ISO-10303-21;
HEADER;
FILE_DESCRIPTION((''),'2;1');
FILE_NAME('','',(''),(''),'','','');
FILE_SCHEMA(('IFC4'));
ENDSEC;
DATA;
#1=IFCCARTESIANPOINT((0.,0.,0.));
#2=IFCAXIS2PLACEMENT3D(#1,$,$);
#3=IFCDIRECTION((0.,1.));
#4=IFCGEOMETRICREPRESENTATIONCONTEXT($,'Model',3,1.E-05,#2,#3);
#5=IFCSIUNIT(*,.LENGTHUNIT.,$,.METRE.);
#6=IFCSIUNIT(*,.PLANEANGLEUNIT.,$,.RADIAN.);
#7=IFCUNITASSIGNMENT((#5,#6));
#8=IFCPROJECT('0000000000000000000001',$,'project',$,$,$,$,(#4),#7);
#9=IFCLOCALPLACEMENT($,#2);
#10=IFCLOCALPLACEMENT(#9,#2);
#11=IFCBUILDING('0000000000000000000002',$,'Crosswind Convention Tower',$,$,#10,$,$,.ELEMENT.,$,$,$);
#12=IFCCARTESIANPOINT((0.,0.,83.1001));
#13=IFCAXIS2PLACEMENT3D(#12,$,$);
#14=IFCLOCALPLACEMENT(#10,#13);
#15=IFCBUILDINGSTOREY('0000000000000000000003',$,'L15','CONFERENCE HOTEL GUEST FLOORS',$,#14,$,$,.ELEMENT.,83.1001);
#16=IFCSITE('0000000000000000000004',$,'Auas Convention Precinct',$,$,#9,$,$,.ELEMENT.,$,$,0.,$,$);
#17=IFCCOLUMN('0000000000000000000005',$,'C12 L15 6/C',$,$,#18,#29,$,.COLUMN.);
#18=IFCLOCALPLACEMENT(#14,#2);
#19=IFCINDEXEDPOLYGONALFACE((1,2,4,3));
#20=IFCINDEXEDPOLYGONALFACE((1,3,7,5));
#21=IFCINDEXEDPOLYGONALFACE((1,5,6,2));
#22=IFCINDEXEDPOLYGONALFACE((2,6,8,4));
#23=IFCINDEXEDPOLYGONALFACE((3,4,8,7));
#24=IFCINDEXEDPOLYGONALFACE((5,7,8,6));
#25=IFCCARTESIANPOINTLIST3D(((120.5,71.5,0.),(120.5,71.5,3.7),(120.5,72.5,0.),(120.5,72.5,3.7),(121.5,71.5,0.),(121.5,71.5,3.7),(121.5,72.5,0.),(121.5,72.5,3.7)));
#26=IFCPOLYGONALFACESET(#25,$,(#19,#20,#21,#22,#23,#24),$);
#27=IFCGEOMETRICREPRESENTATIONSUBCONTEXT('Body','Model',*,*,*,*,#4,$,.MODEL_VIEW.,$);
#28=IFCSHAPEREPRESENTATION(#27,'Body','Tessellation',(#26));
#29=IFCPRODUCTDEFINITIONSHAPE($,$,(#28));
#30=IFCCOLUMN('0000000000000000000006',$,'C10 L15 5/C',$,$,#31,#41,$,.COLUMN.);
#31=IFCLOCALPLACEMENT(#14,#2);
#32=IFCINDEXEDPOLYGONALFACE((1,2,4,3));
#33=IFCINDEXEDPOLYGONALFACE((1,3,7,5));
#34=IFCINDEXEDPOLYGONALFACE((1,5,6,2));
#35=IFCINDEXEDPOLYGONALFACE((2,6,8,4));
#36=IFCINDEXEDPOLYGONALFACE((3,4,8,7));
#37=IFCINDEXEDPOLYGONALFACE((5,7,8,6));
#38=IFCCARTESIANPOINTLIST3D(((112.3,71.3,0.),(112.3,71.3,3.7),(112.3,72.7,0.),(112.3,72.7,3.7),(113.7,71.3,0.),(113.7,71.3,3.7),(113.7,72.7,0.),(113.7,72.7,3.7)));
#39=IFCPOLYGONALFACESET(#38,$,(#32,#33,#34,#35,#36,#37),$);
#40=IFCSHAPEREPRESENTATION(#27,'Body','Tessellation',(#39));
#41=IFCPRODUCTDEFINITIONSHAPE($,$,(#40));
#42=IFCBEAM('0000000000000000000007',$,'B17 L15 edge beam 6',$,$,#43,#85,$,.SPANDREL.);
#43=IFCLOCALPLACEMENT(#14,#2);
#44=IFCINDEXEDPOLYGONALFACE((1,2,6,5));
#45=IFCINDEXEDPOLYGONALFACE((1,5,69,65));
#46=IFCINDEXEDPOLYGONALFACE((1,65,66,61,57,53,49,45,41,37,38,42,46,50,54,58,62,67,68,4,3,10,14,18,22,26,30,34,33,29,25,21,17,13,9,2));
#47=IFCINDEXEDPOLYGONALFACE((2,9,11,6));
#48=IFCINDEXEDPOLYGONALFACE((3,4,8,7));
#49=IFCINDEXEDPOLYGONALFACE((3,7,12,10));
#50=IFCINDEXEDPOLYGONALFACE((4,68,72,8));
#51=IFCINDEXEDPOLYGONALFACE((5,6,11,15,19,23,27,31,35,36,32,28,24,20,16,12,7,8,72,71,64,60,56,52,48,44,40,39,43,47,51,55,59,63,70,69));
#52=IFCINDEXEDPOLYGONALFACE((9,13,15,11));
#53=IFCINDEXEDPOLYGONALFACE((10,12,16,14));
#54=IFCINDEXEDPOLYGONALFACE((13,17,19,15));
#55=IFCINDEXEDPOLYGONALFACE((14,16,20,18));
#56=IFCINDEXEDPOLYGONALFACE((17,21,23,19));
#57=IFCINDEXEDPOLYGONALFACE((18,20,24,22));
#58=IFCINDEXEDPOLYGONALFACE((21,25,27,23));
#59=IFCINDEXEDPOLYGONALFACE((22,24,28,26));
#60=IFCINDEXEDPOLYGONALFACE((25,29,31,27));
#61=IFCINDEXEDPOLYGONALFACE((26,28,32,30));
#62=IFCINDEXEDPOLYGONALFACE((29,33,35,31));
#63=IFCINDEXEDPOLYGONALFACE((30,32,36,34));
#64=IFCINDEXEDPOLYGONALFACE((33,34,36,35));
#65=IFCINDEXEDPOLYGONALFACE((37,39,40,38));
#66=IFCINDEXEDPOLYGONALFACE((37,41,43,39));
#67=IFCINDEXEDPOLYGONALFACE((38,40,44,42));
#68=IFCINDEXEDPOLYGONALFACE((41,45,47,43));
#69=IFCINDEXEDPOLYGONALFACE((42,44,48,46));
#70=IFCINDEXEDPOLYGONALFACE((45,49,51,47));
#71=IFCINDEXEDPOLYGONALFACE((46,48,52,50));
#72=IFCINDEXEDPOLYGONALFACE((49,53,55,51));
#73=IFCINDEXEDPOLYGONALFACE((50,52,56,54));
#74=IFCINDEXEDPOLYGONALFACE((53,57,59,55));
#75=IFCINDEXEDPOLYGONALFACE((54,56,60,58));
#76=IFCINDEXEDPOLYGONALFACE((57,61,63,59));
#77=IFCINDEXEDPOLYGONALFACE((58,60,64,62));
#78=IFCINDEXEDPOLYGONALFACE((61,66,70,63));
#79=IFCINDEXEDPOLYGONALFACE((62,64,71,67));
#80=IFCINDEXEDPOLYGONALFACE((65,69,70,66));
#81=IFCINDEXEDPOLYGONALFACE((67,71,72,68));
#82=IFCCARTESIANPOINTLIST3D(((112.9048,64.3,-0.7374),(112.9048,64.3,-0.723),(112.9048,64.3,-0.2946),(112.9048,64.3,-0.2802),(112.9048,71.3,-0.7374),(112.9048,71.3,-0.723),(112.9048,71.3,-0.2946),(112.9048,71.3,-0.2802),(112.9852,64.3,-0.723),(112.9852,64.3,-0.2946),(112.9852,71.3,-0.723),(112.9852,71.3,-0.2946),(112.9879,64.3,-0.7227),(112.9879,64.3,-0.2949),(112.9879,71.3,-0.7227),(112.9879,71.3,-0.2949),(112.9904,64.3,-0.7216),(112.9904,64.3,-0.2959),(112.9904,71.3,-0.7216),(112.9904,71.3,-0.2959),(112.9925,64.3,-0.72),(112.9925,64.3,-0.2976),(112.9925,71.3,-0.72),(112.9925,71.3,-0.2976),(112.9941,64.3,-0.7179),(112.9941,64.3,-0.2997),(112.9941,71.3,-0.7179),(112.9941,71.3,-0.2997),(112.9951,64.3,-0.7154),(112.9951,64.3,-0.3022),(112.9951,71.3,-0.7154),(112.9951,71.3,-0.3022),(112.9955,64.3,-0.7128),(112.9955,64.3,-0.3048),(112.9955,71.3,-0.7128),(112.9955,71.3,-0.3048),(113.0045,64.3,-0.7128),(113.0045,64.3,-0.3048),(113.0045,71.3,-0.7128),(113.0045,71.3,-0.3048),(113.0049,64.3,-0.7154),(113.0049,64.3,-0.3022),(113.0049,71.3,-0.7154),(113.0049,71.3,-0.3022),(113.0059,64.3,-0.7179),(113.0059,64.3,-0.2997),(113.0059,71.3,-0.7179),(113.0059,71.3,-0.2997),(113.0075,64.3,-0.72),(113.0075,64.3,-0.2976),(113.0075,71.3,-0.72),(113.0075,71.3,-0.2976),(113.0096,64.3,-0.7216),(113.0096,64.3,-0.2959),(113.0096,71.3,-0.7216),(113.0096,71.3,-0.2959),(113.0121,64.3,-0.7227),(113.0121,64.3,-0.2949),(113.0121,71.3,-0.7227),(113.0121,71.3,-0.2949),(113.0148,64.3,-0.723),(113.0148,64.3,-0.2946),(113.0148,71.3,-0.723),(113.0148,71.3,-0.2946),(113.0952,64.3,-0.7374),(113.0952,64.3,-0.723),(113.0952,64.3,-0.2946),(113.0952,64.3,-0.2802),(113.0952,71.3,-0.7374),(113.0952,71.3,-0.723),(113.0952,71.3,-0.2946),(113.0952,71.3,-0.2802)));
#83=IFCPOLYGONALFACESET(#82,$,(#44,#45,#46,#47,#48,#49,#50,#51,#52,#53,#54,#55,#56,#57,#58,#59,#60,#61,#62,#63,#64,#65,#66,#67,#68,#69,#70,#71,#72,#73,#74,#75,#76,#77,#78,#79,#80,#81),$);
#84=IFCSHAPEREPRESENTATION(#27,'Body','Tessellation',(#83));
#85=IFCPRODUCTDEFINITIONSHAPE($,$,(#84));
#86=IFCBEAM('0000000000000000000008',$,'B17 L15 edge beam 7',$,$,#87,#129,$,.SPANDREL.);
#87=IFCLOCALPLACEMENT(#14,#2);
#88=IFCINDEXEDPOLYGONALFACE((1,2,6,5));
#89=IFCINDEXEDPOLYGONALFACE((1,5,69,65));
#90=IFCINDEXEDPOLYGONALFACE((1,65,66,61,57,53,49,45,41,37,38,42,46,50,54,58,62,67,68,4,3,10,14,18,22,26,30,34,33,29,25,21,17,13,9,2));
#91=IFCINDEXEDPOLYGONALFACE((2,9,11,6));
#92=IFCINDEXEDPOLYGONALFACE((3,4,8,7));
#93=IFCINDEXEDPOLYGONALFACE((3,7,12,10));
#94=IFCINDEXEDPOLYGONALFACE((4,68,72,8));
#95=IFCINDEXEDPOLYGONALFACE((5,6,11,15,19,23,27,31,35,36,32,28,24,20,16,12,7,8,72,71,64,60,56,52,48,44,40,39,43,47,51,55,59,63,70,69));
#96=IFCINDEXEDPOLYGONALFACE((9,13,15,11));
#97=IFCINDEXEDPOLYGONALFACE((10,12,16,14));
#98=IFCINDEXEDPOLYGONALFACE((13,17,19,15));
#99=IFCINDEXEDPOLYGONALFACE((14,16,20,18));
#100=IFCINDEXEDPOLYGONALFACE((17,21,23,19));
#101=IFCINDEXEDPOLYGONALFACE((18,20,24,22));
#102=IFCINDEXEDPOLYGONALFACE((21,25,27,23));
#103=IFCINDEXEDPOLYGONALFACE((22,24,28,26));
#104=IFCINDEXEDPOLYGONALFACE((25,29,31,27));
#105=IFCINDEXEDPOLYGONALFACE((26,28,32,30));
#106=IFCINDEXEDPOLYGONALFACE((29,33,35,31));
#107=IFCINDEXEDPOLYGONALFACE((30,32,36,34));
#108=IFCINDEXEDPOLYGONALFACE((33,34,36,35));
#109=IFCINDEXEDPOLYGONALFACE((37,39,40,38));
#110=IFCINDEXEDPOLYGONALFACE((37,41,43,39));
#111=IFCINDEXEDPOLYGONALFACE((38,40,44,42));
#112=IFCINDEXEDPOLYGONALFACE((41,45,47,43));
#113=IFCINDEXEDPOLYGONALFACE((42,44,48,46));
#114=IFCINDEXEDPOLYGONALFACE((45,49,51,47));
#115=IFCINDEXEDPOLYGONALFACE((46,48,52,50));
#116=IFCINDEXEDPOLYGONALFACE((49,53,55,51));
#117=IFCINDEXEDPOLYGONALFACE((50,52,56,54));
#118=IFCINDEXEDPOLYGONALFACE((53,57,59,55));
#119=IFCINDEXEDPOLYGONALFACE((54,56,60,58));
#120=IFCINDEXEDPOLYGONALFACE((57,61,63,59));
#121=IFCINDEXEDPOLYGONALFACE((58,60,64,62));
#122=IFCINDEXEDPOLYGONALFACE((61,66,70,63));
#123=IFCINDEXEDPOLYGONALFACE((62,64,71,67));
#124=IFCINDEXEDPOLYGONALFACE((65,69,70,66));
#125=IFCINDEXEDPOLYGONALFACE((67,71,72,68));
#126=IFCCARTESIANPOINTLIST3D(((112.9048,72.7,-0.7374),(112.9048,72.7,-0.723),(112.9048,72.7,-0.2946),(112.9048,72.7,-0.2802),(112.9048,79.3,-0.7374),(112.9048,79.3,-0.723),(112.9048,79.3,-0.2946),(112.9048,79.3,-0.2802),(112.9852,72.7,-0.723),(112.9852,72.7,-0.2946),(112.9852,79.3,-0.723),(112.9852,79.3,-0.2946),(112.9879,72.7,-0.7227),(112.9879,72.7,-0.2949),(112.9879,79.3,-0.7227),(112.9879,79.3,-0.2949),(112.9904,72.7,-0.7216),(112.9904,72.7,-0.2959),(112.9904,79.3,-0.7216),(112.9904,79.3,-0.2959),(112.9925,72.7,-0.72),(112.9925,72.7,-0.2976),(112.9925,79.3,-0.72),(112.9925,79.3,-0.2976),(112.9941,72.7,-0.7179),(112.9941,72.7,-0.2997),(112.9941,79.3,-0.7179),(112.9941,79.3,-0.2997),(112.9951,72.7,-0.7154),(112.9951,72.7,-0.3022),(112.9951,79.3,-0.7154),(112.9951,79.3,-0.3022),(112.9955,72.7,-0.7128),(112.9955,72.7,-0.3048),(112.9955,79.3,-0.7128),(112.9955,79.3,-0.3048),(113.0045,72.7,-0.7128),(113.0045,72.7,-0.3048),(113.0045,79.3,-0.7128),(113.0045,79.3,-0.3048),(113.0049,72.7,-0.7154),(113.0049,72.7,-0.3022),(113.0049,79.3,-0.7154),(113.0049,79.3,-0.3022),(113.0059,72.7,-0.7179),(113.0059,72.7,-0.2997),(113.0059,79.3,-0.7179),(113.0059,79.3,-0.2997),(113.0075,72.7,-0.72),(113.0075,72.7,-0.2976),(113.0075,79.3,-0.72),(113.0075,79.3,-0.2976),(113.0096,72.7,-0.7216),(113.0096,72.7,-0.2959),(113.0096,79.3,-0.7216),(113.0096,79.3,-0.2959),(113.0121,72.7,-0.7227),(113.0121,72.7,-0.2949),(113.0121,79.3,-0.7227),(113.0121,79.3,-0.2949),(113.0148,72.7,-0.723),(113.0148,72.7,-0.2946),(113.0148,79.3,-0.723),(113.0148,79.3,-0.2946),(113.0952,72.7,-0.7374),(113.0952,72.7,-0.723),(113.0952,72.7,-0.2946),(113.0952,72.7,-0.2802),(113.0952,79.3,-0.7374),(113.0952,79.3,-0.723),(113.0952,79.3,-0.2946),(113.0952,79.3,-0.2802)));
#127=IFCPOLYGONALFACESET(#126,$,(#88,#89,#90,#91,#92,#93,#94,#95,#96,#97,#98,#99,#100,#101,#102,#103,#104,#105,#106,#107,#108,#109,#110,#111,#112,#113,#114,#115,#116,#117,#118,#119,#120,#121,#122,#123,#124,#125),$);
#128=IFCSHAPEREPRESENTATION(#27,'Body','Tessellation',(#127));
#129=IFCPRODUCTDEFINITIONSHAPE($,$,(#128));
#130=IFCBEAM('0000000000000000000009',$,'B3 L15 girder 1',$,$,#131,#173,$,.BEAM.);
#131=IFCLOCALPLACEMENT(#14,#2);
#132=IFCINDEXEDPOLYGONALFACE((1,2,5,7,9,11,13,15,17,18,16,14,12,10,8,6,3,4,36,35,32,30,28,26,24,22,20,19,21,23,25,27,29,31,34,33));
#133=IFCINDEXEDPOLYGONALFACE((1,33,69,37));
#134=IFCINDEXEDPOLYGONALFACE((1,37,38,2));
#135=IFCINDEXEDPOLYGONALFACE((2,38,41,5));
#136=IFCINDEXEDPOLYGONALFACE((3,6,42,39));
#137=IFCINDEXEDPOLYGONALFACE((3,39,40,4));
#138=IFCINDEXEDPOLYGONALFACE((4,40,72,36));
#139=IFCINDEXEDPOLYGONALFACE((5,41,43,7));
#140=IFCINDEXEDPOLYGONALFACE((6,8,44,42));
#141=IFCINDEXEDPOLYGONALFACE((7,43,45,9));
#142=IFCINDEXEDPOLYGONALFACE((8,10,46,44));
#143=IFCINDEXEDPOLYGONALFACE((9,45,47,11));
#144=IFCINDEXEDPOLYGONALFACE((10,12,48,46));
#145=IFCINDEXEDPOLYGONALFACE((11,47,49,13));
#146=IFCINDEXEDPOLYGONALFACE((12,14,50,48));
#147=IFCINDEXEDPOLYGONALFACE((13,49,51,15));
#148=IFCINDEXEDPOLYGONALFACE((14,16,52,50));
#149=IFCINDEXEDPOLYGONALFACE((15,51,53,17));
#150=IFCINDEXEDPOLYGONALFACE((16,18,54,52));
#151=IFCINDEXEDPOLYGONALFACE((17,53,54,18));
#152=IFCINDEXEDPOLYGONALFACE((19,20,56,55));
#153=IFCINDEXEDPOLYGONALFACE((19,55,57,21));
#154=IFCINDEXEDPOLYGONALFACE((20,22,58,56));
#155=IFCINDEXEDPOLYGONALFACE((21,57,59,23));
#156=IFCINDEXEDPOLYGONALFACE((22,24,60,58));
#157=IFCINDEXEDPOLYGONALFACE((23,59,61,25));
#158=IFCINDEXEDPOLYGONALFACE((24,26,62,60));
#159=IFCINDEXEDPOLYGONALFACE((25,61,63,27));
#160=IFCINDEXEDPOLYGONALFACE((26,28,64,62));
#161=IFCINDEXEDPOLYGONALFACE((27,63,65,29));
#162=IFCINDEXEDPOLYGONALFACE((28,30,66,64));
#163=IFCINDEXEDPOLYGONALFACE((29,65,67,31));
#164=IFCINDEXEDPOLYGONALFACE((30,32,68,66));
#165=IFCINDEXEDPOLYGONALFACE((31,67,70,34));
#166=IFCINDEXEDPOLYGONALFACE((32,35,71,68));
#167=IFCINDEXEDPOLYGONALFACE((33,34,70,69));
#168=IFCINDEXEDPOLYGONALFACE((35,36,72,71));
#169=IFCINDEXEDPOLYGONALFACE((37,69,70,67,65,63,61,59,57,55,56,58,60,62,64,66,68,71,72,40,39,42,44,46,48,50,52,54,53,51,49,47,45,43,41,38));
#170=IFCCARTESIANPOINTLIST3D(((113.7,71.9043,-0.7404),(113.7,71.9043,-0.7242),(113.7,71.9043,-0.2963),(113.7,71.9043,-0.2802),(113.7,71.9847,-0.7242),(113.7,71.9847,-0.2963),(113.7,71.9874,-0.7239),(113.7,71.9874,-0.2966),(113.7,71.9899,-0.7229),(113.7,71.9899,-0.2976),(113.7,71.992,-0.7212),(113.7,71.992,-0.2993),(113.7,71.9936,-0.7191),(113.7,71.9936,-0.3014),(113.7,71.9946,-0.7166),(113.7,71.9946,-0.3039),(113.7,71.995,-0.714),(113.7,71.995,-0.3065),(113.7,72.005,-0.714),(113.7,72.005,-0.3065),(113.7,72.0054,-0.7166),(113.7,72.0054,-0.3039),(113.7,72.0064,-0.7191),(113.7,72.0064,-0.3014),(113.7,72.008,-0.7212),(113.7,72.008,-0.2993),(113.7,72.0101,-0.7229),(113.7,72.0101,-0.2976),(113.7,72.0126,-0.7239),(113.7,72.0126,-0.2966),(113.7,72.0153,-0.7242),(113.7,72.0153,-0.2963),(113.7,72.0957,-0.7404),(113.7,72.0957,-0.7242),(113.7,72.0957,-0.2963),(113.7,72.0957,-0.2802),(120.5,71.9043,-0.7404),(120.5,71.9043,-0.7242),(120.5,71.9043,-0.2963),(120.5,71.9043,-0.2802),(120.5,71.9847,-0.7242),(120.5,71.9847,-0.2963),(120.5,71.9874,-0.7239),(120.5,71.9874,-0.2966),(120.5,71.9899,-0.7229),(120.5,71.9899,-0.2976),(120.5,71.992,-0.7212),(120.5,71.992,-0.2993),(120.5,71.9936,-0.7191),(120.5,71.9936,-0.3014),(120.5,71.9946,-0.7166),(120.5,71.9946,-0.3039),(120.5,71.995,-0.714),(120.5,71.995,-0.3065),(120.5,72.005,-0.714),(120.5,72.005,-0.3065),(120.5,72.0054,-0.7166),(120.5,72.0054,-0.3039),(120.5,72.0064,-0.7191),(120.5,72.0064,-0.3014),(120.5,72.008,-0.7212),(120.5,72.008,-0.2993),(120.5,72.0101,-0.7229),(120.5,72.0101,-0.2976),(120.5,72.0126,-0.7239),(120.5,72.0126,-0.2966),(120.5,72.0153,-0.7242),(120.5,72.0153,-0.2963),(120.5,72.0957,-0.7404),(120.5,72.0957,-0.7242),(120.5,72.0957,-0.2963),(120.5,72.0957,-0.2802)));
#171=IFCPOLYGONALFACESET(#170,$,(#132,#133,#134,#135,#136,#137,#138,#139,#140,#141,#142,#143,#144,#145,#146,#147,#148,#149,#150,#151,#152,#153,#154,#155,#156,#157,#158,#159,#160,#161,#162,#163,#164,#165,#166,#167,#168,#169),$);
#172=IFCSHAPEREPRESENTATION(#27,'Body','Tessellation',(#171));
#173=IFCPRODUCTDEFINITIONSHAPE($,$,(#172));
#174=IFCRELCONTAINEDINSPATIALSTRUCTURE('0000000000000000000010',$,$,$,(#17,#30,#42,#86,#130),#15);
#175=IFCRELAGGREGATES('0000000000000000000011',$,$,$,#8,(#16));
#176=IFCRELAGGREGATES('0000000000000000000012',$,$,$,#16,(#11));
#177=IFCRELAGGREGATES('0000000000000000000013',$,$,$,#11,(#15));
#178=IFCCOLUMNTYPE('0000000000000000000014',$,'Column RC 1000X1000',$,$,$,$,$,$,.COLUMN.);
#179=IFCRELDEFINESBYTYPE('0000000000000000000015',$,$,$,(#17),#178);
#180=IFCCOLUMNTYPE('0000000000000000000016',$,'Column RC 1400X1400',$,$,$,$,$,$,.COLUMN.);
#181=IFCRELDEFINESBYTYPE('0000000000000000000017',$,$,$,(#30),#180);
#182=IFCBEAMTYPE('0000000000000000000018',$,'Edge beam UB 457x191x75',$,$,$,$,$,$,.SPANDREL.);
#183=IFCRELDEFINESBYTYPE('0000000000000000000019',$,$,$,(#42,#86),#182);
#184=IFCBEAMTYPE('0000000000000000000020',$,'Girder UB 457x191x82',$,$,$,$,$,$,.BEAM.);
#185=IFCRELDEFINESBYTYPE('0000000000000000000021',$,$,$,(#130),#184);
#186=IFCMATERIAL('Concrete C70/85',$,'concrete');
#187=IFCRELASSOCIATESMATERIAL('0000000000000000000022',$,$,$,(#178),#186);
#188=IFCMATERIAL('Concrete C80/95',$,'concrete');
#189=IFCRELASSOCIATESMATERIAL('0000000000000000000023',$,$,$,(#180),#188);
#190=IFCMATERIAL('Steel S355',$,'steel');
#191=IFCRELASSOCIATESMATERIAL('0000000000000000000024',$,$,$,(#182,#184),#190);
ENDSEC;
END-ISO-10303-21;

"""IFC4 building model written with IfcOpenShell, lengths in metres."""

from ifc_helpers import new_model, si_unit, direction, frame, origin, origin_2d, place, context, subcontext, project, spatial, rectangle, i_section, extrude, material, material_profile, profile_set, type_object, element, save


model = new_model("IFC4")

# Units and contexts
model_context = context("Model", 3, precision=1e-05, world=origin(), true_north=direction((0.0, 1.0)))
body_context = subcontext(model_context, "Body", "Model", "MODEL_VIEW")
ifc_project = project(units=[si_unit("LENGTHUNIT", "METRE"), si_unit("PLANEANGLEUNIT", "RADIAN")], contexts=[model_context])

# Site, building, storey
site_placement = place(None, origin())
site = spatial("IfcSite", under=ifc_project, at=site_placement, Name="Auas Convention Precinct", CompositionType="ELEMENT", RefElevation=0.0)
building_placement = place(site_placement, origin())
building = spatial("IfcBuilding", under=site, at=building_placement, Name="Crosswind Convention Tower", CompositionType="ELEMENT")
storey_placement = place(building_placement, frame((0.0, 0.0, 83.1001)))
storey = spatial("IfcBuildingStorey", under=building, at=storey_placement, Name="L15", Description="CONFERENCE HOTEL GUEST FLOORS", CompositionType="ELEMENT", Elevation=83.1001)

# Columns
ifc_material_1 = material(Name="Concrete C70/85", Category="concrete")
ifc_material_profile_1 = material_profile(ifc_material_1, rectangle(XDim=1.0, YDim=1.0, at=origin_2d()), Name="RC 1000X1000")
ifc_profile_set_1 = profile_set([ifc_material_profile_1], Name="Concrete C70/85")
column_type_1 = type_object("IfcColumnType", Name="Column RC 1000X1000", PredefinedType="COLUMN", material=ifc_profile_set_1)
column_1_placement = place(storey_placement, frame((121.0, 72.0, 0.0), z_axis=(0.0, 0.0, 1.0), x_axis=(1.0, 0.0, 0.0)))
element("IfcColumn", 1, at=column_1_placement, inside=storey, type_object=column_type_1, Name="C12 L15 6/C", PredefinedType="COLUMN", context=body_context, shape_type="SweptSolid", body=[
    extrude(rectangle(XDim=1.0, YDim=1.0, at=origin_2d()), origin(), (0.0, 0.0, 1.0), 3.7),
])
ifc_material_2 = material(Name="Concrete C80/95", Category="concrete")
ifc_material_profile_2 = material_profile(ifc_material_2, rectangle(XDim=1.3999, YDim=1.3999, at=origin_2d()), Name="RC 1400X1400")
ifc_profile_set_2 = profile_set([ifc_material_profile_2], Name="Concrete C80/95")
column_type_2 = type_object("IfcColumnType", Name="Column RC 1400X1400", PredefinedType="COLUMN", material=ifc_profile_set_2)
column_2_placement = place(storey_placement, frame((113.0, 72.0, 0.0), z_axis=(0.0, 0.0, 1.0), x_axis=(1.0, 0.0, 0.0)))
element("IfcColumn", 2, at=column_2_placement, inside=storey, type_object=column_type_2, Name="C10 L15 5/C", PredefinedType="COLUMN", context=body_context, shape_type="SweptSolid", body=[
    extrude(rectangle(XDim=1.3999, YDim=1.3999, at=origin_2d()), origin(), (0.0, 0.0, 1.0), 3.7),
])

# Beams
ifc_material_3 = material(Name="Steel S355", Category="steel")
ifc_material_profile_3 = material_profile(ifc_material_3, i_section(OverallWidth=0.1904, OverallDepth=0.4573, WebThickness=0.009, FlangeThickness=0.0144, FilletRadius=0.0103, at=origin_2d()), Name="UB 457x191x75")
ifc_profile_set_3 = profile_set([ifc_material_profile_3], Name="Steel S355")
beam_type_1 = type_object("IfcBeamType", Name="Edge beam UB 457x191x75", PredefinedType="SPANDREL", material=ifc_profile_set_3)
beam_1_placement = place(storey_placement, frame((113.0, 64.3, -0.5088), z_axis=(0.0, 1.0, 0.0), x_axis=(-1.0, 0.0, 0.0)))
element("IfcBeam", 3, at=beam_1_placement, inside=storey, type_object=beam_type_1, Name="B17 L15 edge beam 6", PredefinedType="SPANDREL", context=body_context, shape_type="SweptSolid", body=[
    extrude(i_section(OverallWidth=0.1904, OverallDepth=0.4573, WebThickness=0.009, FlangeThickness=0.0144, FilletRadius=0.0103, at=origin_2d()), origin(), (0.0, 0.0, 1.0), 7.0),
])
beam_2_placement = place(storey_placement, frame((113.0, 72.7, -0.5088), z_axis=(0.0, 1.0, 0.0), x_axis=(-1.0, 0.0, 0.0)))
element("IfcBeam", 4, at=beam_2_placement, inside=storey, type_object=beam_type_1, Name="B17 L15 edge beam 7", PredefinedType="SPANDREL", context=body_context, shape_type="SweptSolid", body=[
    extrude(i_section(OverallWidth=0.1904, OverallDepth=0.4573, WebThickness=0.009, FlangeThickness=0.0144, FilletRadius=0.0103, at=origin_2d()), origin(), (0.0, 0.0, 1.0), 6.6001),
])
ifc_material_profile_4 = material_profile(ifc_material_3, i_section(OverallWidth=0.1914, OverallDepth=0.4602, WebThickness=0.01, FlangeThickness=0.0161, FilletRadius=0.0103, at=origin_2d()), Name="UB 457x191x82")
ifc_profile_set_4 = profile_set([ifc_material_profile_4], Name="Steel S355")
beam_type_2 = type_object("IfcBeamType", Name="Girder UB 457x191x82", PredefinedType="BEAM", material=ifc_profile_set_4)
beam_3_placement = place(storey_placement, frame((113.7, 72.0, -0.5103), z_axis=(1.0, 0.0, 0.0), x_axis=(0.0, 1.0, 0.0)))
element("IfcBeam", 5, at=beam_3_placement, inside=storey, type_object=beam_type_2, Name="B3 L15 girder 1", PredefinedType="BEAM", context=body_context, shape_type="SweptSolid", body=[
    extrude(i_section(OverallWidth=0.1914, OverallDepth=0.4602, WebThickness=0.01, FlangeThickness=0.0161, FilletRadius=0.0103, at=origin_2d()), origin(), (0.0, 0.0, 1.0), 6.8),
])

save(model, "model.ifc")
